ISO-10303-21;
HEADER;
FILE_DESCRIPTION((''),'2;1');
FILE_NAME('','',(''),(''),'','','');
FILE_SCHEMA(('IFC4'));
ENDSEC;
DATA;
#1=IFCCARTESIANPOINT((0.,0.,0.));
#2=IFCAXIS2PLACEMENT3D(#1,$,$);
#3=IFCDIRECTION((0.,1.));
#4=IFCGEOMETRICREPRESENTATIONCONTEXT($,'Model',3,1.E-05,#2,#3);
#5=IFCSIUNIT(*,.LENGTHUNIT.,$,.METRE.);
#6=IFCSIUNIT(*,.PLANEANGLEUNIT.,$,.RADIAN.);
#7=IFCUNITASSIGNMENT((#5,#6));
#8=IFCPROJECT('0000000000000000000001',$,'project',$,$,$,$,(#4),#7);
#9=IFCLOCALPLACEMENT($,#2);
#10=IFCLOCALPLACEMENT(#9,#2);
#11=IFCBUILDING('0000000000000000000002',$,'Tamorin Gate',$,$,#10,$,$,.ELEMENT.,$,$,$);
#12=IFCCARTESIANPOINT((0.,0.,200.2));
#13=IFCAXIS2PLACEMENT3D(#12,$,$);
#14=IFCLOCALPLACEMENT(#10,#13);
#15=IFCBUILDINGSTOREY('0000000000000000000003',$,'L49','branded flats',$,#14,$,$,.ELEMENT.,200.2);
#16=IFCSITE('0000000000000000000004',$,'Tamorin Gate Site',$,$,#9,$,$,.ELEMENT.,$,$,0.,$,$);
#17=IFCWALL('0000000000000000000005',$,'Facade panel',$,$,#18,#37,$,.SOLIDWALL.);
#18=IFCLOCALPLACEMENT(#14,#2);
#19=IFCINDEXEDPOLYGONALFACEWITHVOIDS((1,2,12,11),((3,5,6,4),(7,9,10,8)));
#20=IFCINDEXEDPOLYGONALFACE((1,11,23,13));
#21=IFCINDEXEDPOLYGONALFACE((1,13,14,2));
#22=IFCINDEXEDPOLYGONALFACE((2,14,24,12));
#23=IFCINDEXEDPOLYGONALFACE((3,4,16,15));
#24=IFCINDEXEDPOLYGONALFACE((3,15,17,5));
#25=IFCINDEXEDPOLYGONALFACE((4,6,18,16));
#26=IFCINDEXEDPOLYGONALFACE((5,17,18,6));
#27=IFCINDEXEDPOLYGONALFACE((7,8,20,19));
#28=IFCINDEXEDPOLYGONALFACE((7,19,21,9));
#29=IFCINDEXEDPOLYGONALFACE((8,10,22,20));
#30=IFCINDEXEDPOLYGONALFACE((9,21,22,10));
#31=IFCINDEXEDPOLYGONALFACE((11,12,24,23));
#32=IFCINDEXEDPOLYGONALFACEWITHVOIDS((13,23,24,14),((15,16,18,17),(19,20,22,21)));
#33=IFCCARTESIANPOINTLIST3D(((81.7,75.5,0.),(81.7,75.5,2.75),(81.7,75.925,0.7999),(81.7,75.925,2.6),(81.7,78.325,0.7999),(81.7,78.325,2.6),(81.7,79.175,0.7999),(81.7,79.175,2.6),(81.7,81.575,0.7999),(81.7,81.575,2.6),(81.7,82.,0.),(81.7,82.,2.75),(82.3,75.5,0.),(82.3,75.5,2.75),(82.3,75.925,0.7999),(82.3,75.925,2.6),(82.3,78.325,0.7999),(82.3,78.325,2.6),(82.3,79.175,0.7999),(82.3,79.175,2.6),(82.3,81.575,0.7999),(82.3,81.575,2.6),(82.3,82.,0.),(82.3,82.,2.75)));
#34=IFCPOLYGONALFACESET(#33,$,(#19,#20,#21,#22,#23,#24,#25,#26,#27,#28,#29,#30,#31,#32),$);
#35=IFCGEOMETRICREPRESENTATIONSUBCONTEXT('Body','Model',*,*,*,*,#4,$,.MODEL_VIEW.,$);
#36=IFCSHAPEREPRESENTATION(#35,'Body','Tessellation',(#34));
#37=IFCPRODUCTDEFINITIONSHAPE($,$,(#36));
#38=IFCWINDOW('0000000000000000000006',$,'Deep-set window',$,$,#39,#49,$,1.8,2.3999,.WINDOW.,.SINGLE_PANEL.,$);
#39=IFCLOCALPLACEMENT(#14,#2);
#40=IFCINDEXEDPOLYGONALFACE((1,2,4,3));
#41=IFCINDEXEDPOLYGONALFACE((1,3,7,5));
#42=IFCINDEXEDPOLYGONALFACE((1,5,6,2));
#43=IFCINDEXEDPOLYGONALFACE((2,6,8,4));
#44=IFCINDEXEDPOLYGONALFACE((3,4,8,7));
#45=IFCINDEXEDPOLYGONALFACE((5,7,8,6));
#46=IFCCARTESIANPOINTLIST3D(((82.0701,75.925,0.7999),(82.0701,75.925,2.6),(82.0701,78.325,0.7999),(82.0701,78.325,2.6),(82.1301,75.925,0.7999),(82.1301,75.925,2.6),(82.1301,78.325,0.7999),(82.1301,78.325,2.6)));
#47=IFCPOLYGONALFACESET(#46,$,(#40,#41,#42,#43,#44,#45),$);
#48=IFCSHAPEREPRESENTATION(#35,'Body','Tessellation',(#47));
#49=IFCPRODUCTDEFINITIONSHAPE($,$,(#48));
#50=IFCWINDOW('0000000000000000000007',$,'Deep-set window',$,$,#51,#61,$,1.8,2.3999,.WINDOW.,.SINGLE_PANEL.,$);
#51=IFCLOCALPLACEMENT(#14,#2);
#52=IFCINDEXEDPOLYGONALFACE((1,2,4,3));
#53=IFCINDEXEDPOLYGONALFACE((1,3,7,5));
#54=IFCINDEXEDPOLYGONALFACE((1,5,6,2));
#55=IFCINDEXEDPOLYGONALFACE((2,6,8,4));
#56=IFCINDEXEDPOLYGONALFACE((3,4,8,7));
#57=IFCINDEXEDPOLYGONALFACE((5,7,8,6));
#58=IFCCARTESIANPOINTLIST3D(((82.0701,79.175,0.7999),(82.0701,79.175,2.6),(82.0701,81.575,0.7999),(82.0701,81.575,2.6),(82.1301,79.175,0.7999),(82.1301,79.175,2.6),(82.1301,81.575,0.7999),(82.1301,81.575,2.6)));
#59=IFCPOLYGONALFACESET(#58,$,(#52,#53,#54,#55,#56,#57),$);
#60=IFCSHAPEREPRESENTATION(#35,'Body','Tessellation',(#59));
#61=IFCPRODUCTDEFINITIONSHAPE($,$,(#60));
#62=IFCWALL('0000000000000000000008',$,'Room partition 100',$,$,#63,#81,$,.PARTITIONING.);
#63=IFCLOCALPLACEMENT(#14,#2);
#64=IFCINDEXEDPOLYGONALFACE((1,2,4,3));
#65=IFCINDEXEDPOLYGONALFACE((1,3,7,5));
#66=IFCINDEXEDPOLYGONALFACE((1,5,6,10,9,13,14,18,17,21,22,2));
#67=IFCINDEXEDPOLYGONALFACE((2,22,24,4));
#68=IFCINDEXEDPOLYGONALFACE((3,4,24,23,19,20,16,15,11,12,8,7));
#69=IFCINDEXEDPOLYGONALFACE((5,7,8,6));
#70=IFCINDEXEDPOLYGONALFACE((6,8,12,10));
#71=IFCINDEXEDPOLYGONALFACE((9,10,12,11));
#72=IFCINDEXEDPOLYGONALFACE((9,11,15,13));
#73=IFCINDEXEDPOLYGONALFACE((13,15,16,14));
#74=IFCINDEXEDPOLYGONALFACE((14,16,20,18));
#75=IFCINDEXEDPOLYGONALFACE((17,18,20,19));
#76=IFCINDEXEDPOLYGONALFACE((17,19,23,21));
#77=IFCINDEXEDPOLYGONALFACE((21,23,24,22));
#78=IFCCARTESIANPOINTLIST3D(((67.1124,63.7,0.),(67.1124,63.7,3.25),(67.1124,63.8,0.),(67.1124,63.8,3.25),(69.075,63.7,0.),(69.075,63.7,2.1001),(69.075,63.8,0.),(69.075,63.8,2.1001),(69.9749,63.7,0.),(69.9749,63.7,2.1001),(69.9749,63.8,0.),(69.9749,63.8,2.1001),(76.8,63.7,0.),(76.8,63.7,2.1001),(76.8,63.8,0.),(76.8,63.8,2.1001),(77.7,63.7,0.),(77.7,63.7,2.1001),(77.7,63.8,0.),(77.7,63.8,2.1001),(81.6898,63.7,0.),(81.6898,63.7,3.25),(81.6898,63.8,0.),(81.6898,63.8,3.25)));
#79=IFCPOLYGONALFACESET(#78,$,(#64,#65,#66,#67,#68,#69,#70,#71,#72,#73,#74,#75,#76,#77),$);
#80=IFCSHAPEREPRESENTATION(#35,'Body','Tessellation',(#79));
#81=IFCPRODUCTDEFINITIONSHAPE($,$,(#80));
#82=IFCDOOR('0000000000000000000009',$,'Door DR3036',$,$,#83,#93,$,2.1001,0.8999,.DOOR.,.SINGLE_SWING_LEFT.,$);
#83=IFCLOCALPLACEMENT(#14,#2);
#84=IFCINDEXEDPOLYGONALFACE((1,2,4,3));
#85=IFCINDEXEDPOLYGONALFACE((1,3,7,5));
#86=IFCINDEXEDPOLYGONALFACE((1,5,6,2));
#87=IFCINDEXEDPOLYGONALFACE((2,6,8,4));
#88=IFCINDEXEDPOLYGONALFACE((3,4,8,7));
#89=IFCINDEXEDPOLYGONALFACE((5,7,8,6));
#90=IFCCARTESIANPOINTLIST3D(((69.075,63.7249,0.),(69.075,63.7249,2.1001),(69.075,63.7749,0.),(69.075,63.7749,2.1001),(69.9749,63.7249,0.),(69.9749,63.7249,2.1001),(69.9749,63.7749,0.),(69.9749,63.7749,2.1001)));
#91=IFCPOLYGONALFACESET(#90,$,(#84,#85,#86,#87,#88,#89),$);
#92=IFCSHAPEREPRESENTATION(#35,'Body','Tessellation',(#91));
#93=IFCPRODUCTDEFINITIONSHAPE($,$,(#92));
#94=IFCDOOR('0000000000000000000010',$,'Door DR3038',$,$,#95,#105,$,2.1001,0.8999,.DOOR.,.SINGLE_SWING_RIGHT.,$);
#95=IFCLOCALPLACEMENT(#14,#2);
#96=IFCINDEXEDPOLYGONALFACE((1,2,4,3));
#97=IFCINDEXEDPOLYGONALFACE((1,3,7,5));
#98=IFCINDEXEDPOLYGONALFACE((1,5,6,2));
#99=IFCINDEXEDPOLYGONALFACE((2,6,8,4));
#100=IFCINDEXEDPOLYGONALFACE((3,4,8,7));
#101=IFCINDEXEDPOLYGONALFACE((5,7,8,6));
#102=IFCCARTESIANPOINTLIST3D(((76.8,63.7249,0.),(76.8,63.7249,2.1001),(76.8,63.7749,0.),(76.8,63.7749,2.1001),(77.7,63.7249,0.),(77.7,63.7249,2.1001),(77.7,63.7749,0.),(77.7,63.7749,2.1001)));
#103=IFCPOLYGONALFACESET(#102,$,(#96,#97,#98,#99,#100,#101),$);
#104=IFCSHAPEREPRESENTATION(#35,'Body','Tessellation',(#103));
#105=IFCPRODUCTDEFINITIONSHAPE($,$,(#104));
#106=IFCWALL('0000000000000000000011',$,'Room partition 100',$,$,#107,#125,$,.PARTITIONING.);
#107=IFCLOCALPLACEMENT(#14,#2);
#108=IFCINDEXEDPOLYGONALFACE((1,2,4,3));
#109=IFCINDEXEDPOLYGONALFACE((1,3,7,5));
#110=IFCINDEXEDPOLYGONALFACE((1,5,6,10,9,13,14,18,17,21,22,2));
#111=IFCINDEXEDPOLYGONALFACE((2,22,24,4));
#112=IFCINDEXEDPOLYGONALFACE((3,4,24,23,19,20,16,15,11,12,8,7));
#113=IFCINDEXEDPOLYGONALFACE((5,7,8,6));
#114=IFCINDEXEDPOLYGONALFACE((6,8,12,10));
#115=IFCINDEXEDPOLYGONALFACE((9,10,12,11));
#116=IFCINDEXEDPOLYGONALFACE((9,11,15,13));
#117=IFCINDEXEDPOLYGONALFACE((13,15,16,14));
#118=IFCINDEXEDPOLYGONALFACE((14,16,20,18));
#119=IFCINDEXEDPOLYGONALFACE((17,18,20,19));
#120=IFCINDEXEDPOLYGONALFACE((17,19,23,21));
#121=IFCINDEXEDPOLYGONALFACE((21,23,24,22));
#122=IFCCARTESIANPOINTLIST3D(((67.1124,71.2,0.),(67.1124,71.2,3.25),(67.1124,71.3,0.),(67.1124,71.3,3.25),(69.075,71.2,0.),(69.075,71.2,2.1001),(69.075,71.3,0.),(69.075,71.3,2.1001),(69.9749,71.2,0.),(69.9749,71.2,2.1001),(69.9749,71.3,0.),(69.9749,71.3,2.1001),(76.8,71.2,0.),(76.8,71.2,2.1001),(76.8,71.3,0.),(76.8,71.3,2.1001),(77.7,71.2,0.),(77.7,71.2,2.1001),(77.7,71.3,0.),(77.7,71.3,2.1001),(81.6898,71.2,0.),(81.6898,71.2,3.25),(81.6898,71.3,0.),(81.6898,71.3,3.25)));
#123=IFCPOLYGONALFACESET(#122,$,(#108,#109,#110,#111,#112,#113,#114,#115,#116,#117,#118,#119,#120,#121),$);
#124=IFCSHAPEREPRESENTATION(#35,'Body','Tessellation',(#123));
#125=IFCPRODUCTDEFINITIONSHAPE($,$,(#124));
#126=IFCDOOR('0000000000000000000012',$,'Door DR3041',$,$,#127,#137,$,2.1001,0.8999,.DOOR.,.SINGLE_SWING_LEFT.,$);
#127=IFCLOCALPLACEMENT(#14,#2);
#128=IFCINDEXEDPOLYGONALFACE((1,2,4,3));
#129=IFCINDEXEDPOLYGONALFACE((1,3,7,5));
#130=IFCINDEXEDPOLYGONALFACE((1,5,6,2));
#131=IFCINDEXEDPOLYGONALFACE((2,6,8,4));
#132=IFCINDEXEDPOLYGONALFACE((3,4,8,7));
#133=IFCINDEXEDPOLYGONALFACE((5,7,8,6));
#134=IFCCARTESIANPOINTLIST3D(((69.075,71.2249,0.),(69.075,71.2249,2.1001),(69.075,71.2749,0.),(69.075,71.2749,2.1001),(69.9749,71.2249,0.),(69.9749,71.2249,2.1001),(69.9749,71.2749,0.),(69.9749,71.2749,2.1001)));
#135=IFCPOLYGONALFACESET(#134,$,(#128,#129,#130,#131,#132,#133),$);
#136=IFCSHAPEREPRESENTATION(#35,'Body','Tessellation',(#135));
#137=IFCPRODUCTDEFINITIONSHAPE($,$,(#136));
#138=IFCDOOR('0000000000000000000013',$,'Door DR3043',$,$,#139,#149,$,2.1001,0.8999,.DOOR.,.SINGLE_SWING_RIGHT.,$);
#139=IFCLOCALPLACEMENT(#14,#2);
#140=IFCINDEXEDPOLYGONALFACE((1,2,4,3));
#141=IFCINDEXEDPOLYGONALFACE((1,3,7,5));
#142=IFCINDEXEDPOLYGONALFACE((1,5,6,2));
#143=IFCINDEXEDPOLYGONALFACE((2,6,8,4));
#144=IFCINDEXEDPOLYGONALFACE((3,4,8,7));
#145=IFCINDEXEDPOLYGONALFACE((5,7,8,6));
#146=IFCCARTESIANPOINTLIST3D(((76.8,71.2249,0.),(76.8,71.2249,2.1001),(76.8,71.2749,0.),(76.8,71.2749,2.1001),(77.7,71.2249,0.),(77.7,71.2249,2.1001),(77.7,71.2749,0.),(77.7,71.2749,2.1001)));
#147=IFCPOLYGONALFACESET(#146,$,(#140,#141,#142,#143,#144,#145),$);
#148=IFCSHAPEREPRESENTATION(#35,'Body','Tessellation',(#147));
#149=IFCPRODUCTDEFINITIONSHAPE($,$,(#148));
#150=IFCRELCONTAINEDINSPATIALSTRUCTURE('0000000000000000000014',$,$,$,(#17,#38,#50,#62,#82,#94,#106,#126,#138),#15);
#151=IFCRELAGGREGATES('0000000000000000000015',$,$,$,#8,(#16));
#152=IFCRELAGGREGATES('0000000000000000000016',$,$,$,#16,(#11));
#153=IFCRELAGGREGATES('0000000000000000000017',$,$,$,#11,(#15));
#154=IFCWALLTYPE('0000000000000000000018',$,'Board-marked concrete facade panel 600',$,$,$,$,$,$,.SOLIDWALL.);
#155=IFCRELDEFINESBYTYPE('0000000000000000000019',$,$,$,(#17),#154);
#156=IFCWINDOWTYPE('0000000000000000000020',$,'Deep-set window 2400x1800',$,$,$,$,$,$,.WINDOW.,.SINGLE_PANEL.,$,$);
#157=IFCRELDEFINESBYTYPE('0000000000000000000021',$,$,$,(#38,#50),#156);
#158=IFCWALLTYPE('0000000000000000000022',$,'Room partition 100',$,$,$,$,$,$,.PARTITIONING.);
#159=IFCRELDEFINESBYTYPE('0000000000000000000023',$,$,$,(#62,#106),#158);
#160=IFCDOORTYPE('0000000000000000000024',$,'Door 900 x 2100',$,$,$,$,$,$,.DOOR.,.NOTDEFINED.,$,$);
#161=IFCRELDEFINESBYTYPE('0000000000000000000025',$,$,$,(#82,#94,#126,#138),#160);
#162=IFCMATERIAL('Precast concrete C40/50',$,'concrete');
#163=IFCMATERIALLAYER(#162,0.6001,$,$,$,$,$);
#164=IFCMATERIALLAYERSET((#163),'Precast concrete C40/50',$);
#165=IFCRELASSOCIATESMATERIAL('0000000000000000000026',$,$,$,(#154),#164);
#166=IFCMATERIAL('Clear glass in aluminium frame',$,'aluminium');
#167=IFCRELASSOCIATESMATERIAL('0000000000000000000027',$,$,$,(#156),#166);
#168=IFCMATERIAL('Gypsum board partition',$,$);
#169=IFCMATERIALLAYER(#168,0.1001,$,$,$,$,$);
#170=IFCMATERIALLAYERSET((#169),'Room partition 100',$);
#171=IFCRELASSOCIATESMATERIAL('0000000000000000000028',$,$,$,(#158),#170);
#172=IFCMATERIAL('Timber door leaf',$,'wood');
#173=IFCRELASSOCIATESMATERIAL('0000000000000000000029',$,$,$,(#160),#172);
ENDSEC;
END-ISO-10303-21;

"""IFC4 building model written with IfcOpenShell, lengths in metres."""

from ifc_helpers import new_model, si_unit, direction, frame, frame_2d, origin, place, context, subcontext, project, spatial, rectangle, extrude, material, layer, layer_set, type_object, element, fill, save


model = new_model("IFC4")

# Units and contexts
model_context = context("Model", 3, precision=1e-05, world=origin(), true_north=direction((0.0, 1.0)))
body_context = subcontext(model_context, "Body", "Model", "MODEL_VIEW")
ifc_project = project(units=[si_unit("LENGTHUNIT", "METRE"), si_unit("PLANEANGLEUNIT", "RADIAN")], contexts=[model_context])

# Site, building, storey
site_placement = place(None, origin())
site = spatial("IfcSite", under=ifc_project, at=site_placement, Name="Tamorin Gate Site", CompositionType="ELEMENT", RefElevation=0.0)
building_placement = place(site_placement, origin())
building = spatial("IfcBuilding", under=site, at=building_placement, Name="Tamorin Gate", CompositionType="ELEMENT")
storey_placement = place(building_placement, frame((0.0, 0.0, 200.2)))
storey = spatial("IfcBuildingStorey", under=building, at=storey_placement, Name="L49", Description="branded flats", CompositionType="ELEMENT", Elevation=200.2)

# Wall, openings, windows
ifc_material_1 = material(Name="Precast concrete C40/50", Category="concrete")
ifc_layer_1 = layer(ifc_material_1, 0.6001)
ifc_layer_set_1 = layer_set([ifc_layer_1], Name="Precast concrete C40/50")
wall_type_1 = type_object("IfcWallType", Name="Board-marked concrete facade panel 600", PredefinedType="SOLIDWALL", material=ifc_layer_set_1)
ifc_material_2 = material(Name="Clear glass in aluminium frame", Category="aluminium")
window_type = type_object("IfcWindowType", Name="Deep-set window 2400x1800", PartitioningType="SINGLE_PANEL", PredefinedType="WINDOW", material=ifc_material_2)
wall_1_placement = place(storey_placement, frame((82.0, 75.5, 0.0), z_axis=(0.0, 0.0, 1.0), x_axis=(0.0, 1.0, 0.0)))
wall_1 = element("IfcWall", 1, at=wall_1_placement, inside=storey, type_object=wall_type_1, Name="Facade panel", PredefinedType="SOLIDWALL", context=body_context, shape_type="SweptSolid", body=[
    extrude(rectangle(XDim=6.5, YDim=0.6001, at=frame_2d((3.25, 0.0))), origin(), (0.0, 0.0, 1.0), 2.75),
])
opening_1_placement = place(wall_1_placement, frame((0.425, 0.0, 0.8)))
opening_1 = element("IfcOpeningElement", 2, at=opening_1_placement, cuts=wall_1, PredefinedType="OPENING", context=body_context, shape_type="SweptSolid", body=[
    extrude(rectangle(XDim=2.3999, YDim=1.8, at=frame_2d((1.2, 0.8999))), frame((0.0, 0.3101, 0.0), z_axis=(0.0, -1.0, 0.0), x_axis=(1.0, 0.0, 0.0)), (0.0, 0.0, 1.0), 0.6201),
])
opening_2_placement = place(wall_1_placement, frame((3.675, 0.0, 0.8)))
opening_2 = element("IfcOpeningElement", 3, at=opening_2_placement, cuts=wall_1, PredefinedType="OPENING", context=body_context, shape_type="SweptSolid", body=[
    extrude(rectangle(XDim=2.3999, YDim=1.8, at=frame_2d((1.2, 0.8999))), frame((0.0, 0.3101, 0.0), z_axis=(0.0, -1.0, 0.0), x_axis=(1.0, 0.0, 0.0)), (0.0, 0.0, 1.0), 0.6201),
])
window_1_placement = place(opening_1_placement, origin())
window_1 = element("IfcWindow", 4, at=window_1_placement, inside=storey, type_object=window_type, Name="Deep-set window", OverallHeight=1.8, OverallWidth=2.3999, PartitioningType="SINGLE_PANEL", PredefinedType="WINDOW", context=body_context, shape_type="SweptSolid", body=[
    extrude(rectangle(XDim=2.3999, YDim=1.8, at=frame_2d((1.2, 0.8999))), frame((0.0, -0.0701, 0.0), z_axis=(0.0, -1.0, 0.0), x_axis=(1.0, 0.0, 0.0)), (0.0, 0.0, 1.0), 0.0601),
])
fill(opening_1, window_1)
window_2_placement = place(opening_2_placement, origin())
window_2 = element("IfcWindow", 5, at=window_2_placement, inside=storey, type_object=window_type, Name="Deep-set window", OverallHeight=1.8, OverallWidth=2.3999, PartitioningType="SINGLE_PANEL", PredefinedType="WINDOW", context=body_context, shape_type="SweptSolid", body=[
    extrude(rectangle(XDim=2.3999, YDim=1.8, at=frame_2d((1.2, 0.8999))), frame((0.0, -0.0701, 0.0), z_axis=(0.0, -1.0, 0.0), x_axis=(1.0, 0.0, 0.0)), (0.0, 0.0, 1.0), 0.0601),
])
fill(opening_2, window_2)

# Walls, openings, doors
ifc_material_3 = material(Name="Gypsum board partition")
ifc_layer_2 = layer(ifc_material_3, 0.1001)
ifc_layer_set_2 = layer_set([ifc_layer_2], Name="Room partition 100")
wall_type_2 = type_object("IfcWallType", Name="Room partition 100", PredefinedType="PARTITIONING", material=ifc_layer_set_2)
wall_2_placement = place(storey_placement, frame((67.1125, 63.75, 0.0), z_axis=(0.0, 0.0, 1.0), x_axis=(1.0, 0.0, 0.0)))
wall_2 = element("IfcWall", 6, at=wall_2_placement, inside=storey, type_object=wall_type_2, Name="Room partition 100", PredefinedType="PARTITIONING", context=body_context, shape_type="SweptSolid", body=[
    extrude(rectangle(XDim=14.5774, YDim=0.1001, at=frame_2d((7.2886, 0.0))), origin(), (0.0, 0.0, 1.0), 3.25),
])
opening_3_placement = place(wall_2_placement, frame((1.9624, 0.0, 0.0)))
opening_3 = element("IfcOpeningElement", 7, at=opening_3_placement, cuts=wall_2, PredefinedType="OPENING", context=body_context, shape_type="SweptSolid", body=[
    extrude(rectangle(XDim=0.8999, YDim=2.1001, at=frame_2d((0.45, 1.05))), frame((0.0, 0.0601, 0.0), z_axis=(0.0, -1.0, 0.0), x_axis=(1.0, 0.0, 0.0)), (0.0, 0.0, 1.0), 0.1201),
])
opening_4_placement = place(wall_2_placement, frame((9.6875, 0.0, 0.0)))
opening_4 = element("IfcOpeningElement", 8, at=opening_4_placement, cuts=wall_2, PredefinedType="OPENING", context=body_context, shape_type="SweptSolid", body=[
    extrude(rectangle(XDim=0.8999, YDim=2.1001, at=frame_2d((0.45, 1.05))), frame((0.0, 0.0601, 0.0), z_axis=(0.0, -1.0, 0.0), x_axis=(1.0, 0.0, 0.0)), (0.0, 0.0, 1.0), 0.1201),
])
ifc_material_4 = material(Name="Timber door leaf", Category="wood")
door_type = type_object("IfcDoorType", Name="Door 900 x 2100", OperationType="NOTDEFINED", PredefinedType="DOOR", material=ifc_material_4)
door_1_placement = place(opening_3_placement, origin())
door_1 = element("IfcDoor", 9, at=door_1_placement, inside=storey, type_object=door_type, Name="Door DR3036", OperationType="SINGLE_SWING_LEFT", OverallHeight=2.1001, OverallWidth=0.8999, PredefinedType="DOOR", context=body_context, shape_type="SweptSolid", body=[
    extrude(rectangle(XDim=0.8999, YDim=2.1001, at=frame_2d((0.45, 1.05))), frame((0.0, 0.0249, 0.0), z_axis=(0.0, -1.0, 0.0), x_axis=(1.0, 0.0, 0.0)), (0.0, 0.0, 1.0), 0.05),
])
fill(opening_3, door_1)
door_2_placement = place(opening_4_placement, origin())
door_2 = element("IfcDoor", 10, at=door_2_placement, inside=storey, type_object=door_type, Name="Door DR3038", OperationType="SINGLE_SWING_RIGHT", OverallHeight=2.1001, OverallWidth=0.8999, PredefinedType="DOOR", context=body_context, shape_type="SweptSolid", body=[
    extrude(rectangle(XDim=0.8999, YDim=2.1001, at=frame_2d((0.45, 1.05))), frame((0.0, 0.0249, 0.0), z_axis=(0.0, -1.0, 0.0), x_axis=(1.0, 0.0, 0.0)), (0.0, 0.0, 1.0), 0.05),
])
fill(opening_4, door_2)
wall_3_placement = place(storey_placement, frame((67.1125, 71.25, 0.0), z_axis=(0.0, 0.0, 1.0), x_axis=(1.0, 0.0, 0.0)))
wall_3 = element("IfcWall", 11, at=wall_3_placement, inside=storey, type_object=wall_type_2, Name="Room partition 100", PredefinedType="PARTITIONING", context=body_context, shape_type="SweptSolid", body=[
    extrude(rectangle(XDim=14.5774, YDim=0.1001, at=frame_2d((7.2886, 0.0))), origin(), (0.0, 0.0, 1.0), 3.25),
])
opening_5_placement = place(wall_3_placement, frame((1.9624, 0.0, 0.0)))
opening_5 = element("IfcOpeningElement", 12, at=opening_5_placement, cuts=wall_3, PredefinedType="OPENING", context=body_context, shape_type="SweptSolid", body=[
    extrude(rectangle(XDim=0.8999, YDim=2.1001, at=frame_2d((0.45, 1.05))), frame((0.0, 0.0601, 0.0), z_axis=(0.0, -1.0, 0.0), x_axis=(1.0, 0.0, 0.0)), (0.0, 0.0, 1.0), 0.1201),
])
opening_6_placement = place(wall_3_placement, frame((9.6875, 0.0, 0.0)))
opening_6 = element("IfcOpeningElement", 13, at=opening_6_placement, cuts=wall_3, PredefinedType="OPENING", context=body_context, shape_type="SweptSolid", body=[
    extrude(rectangle(XDim=0.8999, YDim=2.1001, at=frame_2d((0.45, 1.05))), frame((0.0, 0.0601, 0.0), z_axis=(0.0, -1.0, 0.0), x_axis=(1.0, 0.0, 0.0)), (0.0, 0.0, 1.0), 0.1201),
])
door_3_placement = place(opening_5_placement, origin())
door_3 = element("IfcDoor", 14, at=door_3_placement, inside=storey, type_object=door_type, Name="Door DR3041", OperationType="SINGLE_SWING_LEFT", OverallHeight=2.1001, OverallWidth=0.8999, PredefinedType="DOOR", context=body_context, shape_type="SweptSolid", body=[
    extrude(rectangle(XDim=0.8999, YDim=2.1001, at=frame_2d((0.45, 1.05))), frame((0.0, 0.0249, 0.0), z_axis=(0.0, -1.0, 0.0), x_axis=(1.0, 0.0, 0.0)), (0.0, 0.0, 1.0), 0.05),
])
fill(opening_5, door_3)
door_4_placement = place(opening_6_placement, origin())
door_4 = element("IfcDoor", 15, at=door_4_placement, inside=storey, type_object=door_type, Name="Door DR3043", OperationType="SINGLE_SWING_RIGHT", OverallHeight=2.1001, OverallWidth=0.8999, PredefinedType="DOOR", context=body_context, shape_type="SweptSolid", body=[
    extrude(rectangle(XDim=0.8999, YDim=2.1001, at=frame_2d((0.45, 1.05))), frame((0.0, 0.0249, 0.0), z_axis=(0.0, -1.0, 0.0), x_axis=(1.0, 0.0, 0.0)), (0.0, 0.0, 1.0), 0.05),
])
fill(opening_6, door_4)

save(model, "model.ifc")
